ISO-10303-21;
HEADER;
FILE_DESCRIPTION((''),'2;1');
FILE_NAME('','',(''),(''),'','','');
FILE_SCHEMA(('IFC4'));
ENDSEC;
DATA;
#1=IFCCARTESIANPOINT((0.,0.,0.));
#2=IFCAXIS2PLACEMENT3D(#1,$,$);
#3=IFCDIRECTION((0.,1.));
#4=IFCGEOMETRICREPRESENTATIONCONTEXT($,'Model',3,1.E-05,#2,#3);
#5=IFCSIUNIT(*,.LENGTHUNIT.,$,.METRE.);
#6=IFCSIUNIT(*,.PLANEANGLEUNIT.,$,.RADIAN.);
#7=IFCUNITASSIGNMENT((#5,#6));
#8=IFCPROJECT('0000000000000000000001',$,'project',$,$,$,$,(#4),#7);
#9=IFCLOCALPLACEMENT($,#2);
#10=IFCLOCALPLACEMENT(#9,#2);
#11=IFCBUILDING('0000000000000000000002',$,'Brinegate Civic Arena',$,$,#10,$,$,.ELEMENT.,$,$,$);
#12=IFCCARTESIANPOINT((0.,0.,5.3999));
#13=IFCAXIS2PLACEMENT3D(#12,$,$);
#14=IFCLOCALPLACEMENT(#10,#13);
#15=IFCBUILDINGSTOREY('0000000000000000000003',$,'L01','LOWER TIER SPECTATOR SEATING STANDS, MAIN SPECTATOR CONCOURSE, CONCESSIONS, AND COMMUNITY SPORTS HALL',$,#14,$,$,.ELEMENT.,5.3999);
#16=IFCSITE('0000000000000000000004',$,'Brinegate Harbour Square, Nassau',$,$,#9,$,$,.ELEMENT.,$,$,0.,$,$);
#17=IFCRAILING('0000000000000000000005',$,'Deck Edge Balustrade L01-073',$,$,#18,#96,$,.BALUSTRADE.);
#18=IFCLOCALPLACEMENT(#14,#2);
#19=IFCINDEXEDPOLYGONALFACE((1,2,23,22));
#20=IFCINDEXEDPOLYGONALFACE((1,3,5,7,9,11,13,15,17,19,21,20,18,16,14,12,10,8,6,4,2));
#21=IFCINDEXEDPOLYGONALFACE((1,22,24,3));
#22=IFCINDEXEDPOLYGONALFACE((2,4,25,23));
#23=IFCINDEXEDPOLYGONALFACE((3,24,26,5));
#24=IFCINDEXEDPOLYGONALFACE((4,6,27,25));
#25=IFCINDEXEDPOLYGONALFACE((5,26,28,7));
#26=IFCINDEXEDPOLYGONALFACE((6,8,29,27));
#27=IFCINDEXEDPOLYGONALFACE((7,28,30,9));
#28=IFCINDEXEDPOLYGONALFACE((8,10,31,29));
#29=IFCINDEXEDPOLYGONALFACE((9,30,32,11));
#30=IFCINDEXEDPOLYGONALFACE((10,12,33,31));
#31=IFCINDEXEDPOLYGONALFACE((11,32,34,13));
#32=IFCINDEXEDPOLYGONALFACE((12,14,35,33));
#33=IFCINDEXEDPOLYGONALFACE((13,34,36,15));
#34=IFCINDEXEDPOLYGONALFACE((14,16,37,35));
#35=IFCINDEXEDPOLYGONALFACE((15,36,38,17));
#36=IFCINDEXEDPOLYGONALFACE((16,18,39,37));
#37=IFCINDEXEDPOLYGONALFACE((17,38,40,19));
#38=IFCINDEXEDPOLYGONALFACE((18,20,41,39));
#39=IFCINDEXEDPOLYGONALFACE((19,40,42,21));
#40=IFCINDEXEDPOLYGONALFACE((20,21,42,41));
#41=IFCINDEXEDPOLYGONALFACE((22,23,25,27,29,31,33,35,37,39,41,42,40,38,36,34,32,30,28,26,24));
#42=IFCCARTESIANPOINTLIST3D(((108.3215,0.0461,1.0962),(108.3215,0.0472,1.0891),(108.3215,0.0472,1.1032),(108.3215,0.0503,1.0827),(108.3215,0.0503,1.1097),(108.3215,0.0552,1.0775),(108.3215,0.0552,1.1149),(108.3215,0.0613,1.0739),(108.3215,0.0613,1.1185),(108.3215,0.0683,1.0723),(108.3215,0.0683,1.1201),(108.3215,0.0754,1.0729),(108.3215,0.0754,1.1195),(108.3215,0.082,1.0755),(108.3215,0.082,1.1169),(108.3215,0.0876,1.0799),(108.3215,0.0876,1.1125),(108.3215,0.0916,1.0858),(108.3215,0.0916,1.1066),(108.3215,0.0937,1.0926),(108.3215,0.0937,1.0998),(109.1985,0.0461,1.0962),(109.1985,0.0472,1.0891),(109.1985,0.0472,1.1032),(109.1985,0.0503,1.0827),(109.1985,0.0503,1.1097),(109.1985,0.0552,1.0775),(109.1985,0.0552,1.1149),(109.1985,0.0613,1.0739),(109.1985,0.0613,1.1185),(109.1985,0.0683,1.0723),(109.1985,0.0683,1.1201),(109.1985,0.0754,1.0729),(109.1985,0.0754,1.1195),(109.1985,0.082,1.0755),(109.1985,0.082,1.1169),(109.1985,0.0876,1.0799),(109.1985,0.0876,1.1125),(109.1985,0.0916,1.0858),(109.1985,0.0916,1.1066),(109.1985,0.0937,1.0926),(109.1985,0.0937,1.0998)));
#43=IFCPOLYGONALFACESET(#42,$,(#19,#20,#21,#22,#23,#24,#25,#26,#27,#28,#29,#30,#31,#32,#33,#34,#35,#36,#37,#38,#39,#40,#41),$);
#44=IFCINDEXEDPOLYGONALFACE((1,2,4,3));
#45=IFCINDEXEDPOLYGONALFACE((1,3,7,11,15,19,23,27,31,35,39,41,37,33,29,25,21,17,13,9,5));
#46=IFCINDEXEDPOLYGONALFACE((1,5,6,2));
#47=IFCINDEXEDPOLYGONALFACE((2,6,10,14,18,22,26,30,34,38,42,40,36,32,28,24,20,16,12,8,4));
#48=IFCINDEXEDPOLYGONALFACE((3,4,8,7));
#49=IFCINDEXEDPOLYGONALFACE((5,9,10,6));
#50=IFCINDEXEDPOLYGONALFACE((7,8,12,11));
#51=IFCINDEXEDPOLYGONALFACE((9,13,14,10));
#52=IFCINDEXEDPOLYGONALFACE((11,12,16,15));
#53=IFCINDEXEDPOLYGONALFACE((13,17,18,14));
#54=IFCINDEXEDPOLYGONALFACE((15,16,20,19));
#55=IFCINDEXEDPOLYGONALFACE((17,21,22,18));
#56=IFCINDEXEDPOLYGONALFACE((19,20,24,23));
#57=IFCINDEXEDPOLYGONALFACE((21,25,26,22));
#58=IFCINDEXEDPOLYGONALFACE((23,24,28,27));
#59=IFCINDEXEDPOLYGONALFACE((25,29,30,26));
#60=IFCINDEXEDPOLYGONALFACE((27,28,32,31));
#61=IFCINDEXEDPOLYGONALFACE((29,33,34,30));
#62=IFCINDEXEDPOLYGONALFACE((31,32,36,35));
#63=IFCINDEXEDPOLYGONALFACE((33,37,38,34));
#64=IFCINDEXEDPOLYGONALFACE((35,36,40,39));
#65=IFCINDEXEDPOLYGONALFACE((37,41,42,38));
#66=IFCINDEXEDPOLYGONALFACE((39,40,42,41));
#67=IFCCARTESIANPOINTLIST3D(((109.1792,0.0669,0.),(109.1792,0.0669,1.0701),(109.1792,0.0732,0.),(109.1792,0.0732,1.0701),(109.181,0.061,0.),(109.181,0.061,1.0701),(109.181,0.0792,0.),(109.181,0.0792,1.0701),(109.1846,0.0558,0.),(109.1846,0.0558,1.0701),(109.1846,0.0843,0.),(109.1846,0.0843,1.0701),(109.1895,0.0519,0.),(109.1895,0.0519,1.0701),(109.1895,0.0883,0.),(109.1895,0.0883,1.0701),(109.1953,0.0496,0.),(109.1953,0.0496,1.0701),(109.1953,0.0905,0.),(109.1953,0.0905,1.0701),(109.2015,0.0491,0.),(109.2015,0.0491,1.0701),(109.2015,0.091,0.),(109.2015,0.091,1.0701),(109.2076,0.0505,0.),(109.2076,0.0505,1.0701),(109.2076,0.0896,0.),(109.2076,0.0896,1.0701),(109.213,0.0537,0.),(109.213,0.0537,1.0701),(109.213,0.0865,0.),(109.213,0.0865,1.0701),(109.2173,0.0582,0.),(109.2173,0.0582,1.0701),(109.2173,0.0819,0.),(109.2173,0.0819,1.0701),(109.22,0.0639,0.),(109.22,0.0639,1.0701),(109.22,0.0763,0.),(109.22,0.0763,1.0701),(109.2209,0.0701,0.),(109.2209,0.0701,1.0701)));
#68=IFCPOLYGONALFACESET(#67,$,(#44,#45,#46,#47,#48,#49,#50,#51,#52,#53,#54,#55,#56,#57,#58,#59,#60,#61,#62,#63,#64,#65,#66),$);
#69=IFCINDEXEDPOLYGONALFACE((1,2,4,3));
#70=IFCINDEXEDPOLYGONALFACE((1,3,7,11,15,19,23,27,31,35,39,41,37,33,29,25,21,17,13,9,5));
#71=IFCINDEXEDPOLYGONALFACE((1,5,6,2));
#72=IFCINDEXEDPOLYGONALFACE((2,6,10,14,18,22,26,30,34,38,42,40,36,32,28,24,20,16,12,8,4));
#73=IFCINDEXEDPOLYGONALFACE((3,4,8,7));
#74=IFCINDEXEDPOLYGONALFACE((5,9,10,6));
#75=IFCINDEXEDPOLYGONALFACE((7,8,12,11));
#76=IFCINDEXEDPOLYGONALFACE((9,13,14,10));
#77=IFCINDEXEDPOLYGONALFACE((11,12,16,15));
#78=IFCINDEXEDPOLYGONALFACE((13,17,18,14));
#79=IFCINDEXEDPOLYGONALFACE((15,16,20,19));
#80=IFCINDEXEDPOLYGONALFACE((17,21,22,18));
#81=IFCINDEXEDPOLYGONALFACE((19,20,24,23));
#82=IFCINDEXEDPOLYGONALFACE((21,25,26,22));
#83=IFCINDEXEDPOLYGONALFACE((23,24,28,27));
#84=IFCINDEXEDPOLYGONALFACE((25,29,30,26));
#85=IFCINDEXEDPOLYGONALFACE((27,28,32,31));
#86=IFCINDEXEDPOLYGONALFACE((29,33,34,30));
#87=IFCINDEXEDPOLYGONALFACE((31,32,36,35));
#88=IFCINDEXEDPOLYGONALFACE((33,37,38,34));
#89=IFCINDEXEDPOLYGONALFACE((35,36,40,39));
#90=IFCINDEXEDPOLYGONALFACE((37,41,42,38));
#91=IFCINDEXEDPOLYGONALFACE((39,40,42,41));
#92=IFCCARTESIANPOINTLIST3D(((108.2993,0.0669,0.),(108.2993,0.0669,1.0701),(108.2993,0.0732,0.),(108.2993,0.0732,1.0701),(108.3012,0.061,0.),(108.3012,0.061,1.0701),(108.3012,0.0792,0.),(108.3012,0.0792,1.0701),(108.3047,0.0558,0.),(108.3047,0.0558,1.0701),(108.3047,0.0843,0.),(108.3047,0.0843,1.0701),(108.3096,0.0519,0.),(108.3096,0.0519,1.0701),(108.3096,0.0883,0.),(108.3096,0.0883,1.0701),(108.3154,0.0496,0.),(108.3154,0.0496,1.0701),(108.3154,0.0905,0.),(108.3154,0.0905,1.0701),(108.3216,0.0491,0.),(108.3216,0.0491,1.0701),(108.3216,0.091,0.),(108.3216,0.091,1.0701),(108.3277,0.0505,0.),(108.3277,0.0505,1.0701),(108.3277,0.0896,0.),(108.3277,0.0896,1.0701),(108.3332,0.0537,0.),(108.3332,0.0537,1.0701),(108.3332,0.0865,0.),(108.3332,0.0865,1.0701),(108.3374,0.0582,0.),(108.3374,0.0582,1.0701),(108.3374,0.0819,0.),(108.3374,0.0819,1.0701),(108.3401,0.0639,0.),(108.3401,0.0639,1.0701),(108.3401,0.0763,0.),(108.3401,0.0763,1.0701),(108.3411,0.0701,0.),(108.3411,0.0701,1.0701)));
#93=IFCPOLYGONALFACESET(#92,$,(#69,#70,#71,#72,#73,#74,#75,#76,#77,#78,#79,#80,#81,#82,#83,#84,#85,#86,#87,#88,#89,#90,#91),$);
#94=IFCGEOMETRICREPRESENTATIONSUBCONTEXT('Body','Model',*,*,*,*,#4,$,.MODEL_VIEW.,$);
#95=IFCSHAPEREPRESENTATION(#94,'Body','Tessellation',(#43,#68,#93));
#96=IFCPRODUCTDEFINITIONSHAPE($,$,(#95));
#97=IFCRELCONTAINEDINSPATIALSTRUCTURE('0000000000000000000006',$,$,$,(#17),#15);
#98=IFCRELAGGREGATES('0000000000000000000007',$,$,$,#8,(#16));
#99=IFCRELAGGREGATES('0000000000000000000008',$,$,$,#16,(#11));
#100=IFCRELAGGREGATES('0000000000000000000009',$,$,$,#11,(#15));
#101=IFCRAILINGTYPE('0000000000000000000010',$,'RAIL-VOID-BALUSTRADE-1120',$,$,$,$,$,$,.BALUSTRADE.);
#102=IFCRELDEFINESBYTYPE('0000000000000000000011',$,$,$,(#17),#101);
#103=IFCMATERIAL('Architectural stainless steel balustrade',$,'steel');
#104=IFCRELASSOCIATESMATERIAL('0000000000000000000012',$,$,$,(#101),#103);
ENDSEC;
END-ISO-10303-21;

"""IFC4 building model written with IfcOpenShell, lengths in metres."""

from ifc_helpers import new_model, si_unit, direction, frame, origin, origin_2d, place, context, subcontext, project, spatial, circle, extrude, material, type_object, element, save


model = new_model("IFC4")

# Units and contexts
model_context = context("Model", 3, precision=1e-05, world=origin(), true_north=direction((0.0, 1.0)))
body_context = subcontext(model_context, "Body", "Model", "MODEL_VIEW")
ifc_project = project(units=[si_unit("LENGTHUNIT", "METRE"), si_unit("PLANEANGLEUNIT", "RADIAN")], contexts=[model_context])

# Site, building, storey
site_placement = place(None, origin())
site = spatial("IfcSite", under=ifc_project, at=site_placement, Name="Brinegate Harbour Square, Nassau", CompositionType="ELEMENT", RefElevation=0.0)
building_placement = place(site_placement, origin())
building = spatial("IfcBuilding", under=site, at=building_placement, Name="Brinegate Civic Arena", CompositionType="ELEMENT")
storey_placement = place(building_placement, frame((0.0, 0.0, 5.3999)))
storey = spatial("IfcBuildingStorey", under=building, at=storey_placement, Name="L01", Description="LOWER TIER SPECTATOR SEATING STANDS, MAIN SPECTATOR CONCOURSE, CONCESSIONS, AND COMMUNITY SPORTS HALL", CompositionType="ELEMENT", Elevation=5.3999)

# Railing
ifc_material_1 = material(Name="Architectural stainless steel balustrade", Category="steel")
railing_type_1 = type_object("IfcRailingType", Name="RAIL-VOID-BALUSTRADE-1120", PredefinedType="BALUSTRADE", material=ifc_material_1)
railing_placement = place(storey_placement, frame((109.2, 0.0701, 0.0)))
element("IfcRailing", 1, at=railing_placement, inside=storey, type_object=railing_type_1, Name="Deck Edge Balustrade L01-073", PredefinedType="BALUSTRADE", context=body_context, shape_type="SweptSolid", body=[
    extrude(circle(Radius=0.0239, at=origin_2d()), frame((-0.0015, 0.0, 1.0962), z_axis=(-1.0, 0.0, 0.0), x_axis=(0.0, -1.0, 0.0)), (0.0, 0.0, 1.0), 0.877),
    extrude(circle(Radius=0.021, at=origin_2d()), origin(), (0.0, 0.0, 1.0), 1.0701),
    extrude(circle(Radius=0.021, at=origin_2d()), frame((-0.8799, 0.0, 0.0)), (0.0, 0.0, 1.0), 1.0701),
])

save(model, "model.ifc")
